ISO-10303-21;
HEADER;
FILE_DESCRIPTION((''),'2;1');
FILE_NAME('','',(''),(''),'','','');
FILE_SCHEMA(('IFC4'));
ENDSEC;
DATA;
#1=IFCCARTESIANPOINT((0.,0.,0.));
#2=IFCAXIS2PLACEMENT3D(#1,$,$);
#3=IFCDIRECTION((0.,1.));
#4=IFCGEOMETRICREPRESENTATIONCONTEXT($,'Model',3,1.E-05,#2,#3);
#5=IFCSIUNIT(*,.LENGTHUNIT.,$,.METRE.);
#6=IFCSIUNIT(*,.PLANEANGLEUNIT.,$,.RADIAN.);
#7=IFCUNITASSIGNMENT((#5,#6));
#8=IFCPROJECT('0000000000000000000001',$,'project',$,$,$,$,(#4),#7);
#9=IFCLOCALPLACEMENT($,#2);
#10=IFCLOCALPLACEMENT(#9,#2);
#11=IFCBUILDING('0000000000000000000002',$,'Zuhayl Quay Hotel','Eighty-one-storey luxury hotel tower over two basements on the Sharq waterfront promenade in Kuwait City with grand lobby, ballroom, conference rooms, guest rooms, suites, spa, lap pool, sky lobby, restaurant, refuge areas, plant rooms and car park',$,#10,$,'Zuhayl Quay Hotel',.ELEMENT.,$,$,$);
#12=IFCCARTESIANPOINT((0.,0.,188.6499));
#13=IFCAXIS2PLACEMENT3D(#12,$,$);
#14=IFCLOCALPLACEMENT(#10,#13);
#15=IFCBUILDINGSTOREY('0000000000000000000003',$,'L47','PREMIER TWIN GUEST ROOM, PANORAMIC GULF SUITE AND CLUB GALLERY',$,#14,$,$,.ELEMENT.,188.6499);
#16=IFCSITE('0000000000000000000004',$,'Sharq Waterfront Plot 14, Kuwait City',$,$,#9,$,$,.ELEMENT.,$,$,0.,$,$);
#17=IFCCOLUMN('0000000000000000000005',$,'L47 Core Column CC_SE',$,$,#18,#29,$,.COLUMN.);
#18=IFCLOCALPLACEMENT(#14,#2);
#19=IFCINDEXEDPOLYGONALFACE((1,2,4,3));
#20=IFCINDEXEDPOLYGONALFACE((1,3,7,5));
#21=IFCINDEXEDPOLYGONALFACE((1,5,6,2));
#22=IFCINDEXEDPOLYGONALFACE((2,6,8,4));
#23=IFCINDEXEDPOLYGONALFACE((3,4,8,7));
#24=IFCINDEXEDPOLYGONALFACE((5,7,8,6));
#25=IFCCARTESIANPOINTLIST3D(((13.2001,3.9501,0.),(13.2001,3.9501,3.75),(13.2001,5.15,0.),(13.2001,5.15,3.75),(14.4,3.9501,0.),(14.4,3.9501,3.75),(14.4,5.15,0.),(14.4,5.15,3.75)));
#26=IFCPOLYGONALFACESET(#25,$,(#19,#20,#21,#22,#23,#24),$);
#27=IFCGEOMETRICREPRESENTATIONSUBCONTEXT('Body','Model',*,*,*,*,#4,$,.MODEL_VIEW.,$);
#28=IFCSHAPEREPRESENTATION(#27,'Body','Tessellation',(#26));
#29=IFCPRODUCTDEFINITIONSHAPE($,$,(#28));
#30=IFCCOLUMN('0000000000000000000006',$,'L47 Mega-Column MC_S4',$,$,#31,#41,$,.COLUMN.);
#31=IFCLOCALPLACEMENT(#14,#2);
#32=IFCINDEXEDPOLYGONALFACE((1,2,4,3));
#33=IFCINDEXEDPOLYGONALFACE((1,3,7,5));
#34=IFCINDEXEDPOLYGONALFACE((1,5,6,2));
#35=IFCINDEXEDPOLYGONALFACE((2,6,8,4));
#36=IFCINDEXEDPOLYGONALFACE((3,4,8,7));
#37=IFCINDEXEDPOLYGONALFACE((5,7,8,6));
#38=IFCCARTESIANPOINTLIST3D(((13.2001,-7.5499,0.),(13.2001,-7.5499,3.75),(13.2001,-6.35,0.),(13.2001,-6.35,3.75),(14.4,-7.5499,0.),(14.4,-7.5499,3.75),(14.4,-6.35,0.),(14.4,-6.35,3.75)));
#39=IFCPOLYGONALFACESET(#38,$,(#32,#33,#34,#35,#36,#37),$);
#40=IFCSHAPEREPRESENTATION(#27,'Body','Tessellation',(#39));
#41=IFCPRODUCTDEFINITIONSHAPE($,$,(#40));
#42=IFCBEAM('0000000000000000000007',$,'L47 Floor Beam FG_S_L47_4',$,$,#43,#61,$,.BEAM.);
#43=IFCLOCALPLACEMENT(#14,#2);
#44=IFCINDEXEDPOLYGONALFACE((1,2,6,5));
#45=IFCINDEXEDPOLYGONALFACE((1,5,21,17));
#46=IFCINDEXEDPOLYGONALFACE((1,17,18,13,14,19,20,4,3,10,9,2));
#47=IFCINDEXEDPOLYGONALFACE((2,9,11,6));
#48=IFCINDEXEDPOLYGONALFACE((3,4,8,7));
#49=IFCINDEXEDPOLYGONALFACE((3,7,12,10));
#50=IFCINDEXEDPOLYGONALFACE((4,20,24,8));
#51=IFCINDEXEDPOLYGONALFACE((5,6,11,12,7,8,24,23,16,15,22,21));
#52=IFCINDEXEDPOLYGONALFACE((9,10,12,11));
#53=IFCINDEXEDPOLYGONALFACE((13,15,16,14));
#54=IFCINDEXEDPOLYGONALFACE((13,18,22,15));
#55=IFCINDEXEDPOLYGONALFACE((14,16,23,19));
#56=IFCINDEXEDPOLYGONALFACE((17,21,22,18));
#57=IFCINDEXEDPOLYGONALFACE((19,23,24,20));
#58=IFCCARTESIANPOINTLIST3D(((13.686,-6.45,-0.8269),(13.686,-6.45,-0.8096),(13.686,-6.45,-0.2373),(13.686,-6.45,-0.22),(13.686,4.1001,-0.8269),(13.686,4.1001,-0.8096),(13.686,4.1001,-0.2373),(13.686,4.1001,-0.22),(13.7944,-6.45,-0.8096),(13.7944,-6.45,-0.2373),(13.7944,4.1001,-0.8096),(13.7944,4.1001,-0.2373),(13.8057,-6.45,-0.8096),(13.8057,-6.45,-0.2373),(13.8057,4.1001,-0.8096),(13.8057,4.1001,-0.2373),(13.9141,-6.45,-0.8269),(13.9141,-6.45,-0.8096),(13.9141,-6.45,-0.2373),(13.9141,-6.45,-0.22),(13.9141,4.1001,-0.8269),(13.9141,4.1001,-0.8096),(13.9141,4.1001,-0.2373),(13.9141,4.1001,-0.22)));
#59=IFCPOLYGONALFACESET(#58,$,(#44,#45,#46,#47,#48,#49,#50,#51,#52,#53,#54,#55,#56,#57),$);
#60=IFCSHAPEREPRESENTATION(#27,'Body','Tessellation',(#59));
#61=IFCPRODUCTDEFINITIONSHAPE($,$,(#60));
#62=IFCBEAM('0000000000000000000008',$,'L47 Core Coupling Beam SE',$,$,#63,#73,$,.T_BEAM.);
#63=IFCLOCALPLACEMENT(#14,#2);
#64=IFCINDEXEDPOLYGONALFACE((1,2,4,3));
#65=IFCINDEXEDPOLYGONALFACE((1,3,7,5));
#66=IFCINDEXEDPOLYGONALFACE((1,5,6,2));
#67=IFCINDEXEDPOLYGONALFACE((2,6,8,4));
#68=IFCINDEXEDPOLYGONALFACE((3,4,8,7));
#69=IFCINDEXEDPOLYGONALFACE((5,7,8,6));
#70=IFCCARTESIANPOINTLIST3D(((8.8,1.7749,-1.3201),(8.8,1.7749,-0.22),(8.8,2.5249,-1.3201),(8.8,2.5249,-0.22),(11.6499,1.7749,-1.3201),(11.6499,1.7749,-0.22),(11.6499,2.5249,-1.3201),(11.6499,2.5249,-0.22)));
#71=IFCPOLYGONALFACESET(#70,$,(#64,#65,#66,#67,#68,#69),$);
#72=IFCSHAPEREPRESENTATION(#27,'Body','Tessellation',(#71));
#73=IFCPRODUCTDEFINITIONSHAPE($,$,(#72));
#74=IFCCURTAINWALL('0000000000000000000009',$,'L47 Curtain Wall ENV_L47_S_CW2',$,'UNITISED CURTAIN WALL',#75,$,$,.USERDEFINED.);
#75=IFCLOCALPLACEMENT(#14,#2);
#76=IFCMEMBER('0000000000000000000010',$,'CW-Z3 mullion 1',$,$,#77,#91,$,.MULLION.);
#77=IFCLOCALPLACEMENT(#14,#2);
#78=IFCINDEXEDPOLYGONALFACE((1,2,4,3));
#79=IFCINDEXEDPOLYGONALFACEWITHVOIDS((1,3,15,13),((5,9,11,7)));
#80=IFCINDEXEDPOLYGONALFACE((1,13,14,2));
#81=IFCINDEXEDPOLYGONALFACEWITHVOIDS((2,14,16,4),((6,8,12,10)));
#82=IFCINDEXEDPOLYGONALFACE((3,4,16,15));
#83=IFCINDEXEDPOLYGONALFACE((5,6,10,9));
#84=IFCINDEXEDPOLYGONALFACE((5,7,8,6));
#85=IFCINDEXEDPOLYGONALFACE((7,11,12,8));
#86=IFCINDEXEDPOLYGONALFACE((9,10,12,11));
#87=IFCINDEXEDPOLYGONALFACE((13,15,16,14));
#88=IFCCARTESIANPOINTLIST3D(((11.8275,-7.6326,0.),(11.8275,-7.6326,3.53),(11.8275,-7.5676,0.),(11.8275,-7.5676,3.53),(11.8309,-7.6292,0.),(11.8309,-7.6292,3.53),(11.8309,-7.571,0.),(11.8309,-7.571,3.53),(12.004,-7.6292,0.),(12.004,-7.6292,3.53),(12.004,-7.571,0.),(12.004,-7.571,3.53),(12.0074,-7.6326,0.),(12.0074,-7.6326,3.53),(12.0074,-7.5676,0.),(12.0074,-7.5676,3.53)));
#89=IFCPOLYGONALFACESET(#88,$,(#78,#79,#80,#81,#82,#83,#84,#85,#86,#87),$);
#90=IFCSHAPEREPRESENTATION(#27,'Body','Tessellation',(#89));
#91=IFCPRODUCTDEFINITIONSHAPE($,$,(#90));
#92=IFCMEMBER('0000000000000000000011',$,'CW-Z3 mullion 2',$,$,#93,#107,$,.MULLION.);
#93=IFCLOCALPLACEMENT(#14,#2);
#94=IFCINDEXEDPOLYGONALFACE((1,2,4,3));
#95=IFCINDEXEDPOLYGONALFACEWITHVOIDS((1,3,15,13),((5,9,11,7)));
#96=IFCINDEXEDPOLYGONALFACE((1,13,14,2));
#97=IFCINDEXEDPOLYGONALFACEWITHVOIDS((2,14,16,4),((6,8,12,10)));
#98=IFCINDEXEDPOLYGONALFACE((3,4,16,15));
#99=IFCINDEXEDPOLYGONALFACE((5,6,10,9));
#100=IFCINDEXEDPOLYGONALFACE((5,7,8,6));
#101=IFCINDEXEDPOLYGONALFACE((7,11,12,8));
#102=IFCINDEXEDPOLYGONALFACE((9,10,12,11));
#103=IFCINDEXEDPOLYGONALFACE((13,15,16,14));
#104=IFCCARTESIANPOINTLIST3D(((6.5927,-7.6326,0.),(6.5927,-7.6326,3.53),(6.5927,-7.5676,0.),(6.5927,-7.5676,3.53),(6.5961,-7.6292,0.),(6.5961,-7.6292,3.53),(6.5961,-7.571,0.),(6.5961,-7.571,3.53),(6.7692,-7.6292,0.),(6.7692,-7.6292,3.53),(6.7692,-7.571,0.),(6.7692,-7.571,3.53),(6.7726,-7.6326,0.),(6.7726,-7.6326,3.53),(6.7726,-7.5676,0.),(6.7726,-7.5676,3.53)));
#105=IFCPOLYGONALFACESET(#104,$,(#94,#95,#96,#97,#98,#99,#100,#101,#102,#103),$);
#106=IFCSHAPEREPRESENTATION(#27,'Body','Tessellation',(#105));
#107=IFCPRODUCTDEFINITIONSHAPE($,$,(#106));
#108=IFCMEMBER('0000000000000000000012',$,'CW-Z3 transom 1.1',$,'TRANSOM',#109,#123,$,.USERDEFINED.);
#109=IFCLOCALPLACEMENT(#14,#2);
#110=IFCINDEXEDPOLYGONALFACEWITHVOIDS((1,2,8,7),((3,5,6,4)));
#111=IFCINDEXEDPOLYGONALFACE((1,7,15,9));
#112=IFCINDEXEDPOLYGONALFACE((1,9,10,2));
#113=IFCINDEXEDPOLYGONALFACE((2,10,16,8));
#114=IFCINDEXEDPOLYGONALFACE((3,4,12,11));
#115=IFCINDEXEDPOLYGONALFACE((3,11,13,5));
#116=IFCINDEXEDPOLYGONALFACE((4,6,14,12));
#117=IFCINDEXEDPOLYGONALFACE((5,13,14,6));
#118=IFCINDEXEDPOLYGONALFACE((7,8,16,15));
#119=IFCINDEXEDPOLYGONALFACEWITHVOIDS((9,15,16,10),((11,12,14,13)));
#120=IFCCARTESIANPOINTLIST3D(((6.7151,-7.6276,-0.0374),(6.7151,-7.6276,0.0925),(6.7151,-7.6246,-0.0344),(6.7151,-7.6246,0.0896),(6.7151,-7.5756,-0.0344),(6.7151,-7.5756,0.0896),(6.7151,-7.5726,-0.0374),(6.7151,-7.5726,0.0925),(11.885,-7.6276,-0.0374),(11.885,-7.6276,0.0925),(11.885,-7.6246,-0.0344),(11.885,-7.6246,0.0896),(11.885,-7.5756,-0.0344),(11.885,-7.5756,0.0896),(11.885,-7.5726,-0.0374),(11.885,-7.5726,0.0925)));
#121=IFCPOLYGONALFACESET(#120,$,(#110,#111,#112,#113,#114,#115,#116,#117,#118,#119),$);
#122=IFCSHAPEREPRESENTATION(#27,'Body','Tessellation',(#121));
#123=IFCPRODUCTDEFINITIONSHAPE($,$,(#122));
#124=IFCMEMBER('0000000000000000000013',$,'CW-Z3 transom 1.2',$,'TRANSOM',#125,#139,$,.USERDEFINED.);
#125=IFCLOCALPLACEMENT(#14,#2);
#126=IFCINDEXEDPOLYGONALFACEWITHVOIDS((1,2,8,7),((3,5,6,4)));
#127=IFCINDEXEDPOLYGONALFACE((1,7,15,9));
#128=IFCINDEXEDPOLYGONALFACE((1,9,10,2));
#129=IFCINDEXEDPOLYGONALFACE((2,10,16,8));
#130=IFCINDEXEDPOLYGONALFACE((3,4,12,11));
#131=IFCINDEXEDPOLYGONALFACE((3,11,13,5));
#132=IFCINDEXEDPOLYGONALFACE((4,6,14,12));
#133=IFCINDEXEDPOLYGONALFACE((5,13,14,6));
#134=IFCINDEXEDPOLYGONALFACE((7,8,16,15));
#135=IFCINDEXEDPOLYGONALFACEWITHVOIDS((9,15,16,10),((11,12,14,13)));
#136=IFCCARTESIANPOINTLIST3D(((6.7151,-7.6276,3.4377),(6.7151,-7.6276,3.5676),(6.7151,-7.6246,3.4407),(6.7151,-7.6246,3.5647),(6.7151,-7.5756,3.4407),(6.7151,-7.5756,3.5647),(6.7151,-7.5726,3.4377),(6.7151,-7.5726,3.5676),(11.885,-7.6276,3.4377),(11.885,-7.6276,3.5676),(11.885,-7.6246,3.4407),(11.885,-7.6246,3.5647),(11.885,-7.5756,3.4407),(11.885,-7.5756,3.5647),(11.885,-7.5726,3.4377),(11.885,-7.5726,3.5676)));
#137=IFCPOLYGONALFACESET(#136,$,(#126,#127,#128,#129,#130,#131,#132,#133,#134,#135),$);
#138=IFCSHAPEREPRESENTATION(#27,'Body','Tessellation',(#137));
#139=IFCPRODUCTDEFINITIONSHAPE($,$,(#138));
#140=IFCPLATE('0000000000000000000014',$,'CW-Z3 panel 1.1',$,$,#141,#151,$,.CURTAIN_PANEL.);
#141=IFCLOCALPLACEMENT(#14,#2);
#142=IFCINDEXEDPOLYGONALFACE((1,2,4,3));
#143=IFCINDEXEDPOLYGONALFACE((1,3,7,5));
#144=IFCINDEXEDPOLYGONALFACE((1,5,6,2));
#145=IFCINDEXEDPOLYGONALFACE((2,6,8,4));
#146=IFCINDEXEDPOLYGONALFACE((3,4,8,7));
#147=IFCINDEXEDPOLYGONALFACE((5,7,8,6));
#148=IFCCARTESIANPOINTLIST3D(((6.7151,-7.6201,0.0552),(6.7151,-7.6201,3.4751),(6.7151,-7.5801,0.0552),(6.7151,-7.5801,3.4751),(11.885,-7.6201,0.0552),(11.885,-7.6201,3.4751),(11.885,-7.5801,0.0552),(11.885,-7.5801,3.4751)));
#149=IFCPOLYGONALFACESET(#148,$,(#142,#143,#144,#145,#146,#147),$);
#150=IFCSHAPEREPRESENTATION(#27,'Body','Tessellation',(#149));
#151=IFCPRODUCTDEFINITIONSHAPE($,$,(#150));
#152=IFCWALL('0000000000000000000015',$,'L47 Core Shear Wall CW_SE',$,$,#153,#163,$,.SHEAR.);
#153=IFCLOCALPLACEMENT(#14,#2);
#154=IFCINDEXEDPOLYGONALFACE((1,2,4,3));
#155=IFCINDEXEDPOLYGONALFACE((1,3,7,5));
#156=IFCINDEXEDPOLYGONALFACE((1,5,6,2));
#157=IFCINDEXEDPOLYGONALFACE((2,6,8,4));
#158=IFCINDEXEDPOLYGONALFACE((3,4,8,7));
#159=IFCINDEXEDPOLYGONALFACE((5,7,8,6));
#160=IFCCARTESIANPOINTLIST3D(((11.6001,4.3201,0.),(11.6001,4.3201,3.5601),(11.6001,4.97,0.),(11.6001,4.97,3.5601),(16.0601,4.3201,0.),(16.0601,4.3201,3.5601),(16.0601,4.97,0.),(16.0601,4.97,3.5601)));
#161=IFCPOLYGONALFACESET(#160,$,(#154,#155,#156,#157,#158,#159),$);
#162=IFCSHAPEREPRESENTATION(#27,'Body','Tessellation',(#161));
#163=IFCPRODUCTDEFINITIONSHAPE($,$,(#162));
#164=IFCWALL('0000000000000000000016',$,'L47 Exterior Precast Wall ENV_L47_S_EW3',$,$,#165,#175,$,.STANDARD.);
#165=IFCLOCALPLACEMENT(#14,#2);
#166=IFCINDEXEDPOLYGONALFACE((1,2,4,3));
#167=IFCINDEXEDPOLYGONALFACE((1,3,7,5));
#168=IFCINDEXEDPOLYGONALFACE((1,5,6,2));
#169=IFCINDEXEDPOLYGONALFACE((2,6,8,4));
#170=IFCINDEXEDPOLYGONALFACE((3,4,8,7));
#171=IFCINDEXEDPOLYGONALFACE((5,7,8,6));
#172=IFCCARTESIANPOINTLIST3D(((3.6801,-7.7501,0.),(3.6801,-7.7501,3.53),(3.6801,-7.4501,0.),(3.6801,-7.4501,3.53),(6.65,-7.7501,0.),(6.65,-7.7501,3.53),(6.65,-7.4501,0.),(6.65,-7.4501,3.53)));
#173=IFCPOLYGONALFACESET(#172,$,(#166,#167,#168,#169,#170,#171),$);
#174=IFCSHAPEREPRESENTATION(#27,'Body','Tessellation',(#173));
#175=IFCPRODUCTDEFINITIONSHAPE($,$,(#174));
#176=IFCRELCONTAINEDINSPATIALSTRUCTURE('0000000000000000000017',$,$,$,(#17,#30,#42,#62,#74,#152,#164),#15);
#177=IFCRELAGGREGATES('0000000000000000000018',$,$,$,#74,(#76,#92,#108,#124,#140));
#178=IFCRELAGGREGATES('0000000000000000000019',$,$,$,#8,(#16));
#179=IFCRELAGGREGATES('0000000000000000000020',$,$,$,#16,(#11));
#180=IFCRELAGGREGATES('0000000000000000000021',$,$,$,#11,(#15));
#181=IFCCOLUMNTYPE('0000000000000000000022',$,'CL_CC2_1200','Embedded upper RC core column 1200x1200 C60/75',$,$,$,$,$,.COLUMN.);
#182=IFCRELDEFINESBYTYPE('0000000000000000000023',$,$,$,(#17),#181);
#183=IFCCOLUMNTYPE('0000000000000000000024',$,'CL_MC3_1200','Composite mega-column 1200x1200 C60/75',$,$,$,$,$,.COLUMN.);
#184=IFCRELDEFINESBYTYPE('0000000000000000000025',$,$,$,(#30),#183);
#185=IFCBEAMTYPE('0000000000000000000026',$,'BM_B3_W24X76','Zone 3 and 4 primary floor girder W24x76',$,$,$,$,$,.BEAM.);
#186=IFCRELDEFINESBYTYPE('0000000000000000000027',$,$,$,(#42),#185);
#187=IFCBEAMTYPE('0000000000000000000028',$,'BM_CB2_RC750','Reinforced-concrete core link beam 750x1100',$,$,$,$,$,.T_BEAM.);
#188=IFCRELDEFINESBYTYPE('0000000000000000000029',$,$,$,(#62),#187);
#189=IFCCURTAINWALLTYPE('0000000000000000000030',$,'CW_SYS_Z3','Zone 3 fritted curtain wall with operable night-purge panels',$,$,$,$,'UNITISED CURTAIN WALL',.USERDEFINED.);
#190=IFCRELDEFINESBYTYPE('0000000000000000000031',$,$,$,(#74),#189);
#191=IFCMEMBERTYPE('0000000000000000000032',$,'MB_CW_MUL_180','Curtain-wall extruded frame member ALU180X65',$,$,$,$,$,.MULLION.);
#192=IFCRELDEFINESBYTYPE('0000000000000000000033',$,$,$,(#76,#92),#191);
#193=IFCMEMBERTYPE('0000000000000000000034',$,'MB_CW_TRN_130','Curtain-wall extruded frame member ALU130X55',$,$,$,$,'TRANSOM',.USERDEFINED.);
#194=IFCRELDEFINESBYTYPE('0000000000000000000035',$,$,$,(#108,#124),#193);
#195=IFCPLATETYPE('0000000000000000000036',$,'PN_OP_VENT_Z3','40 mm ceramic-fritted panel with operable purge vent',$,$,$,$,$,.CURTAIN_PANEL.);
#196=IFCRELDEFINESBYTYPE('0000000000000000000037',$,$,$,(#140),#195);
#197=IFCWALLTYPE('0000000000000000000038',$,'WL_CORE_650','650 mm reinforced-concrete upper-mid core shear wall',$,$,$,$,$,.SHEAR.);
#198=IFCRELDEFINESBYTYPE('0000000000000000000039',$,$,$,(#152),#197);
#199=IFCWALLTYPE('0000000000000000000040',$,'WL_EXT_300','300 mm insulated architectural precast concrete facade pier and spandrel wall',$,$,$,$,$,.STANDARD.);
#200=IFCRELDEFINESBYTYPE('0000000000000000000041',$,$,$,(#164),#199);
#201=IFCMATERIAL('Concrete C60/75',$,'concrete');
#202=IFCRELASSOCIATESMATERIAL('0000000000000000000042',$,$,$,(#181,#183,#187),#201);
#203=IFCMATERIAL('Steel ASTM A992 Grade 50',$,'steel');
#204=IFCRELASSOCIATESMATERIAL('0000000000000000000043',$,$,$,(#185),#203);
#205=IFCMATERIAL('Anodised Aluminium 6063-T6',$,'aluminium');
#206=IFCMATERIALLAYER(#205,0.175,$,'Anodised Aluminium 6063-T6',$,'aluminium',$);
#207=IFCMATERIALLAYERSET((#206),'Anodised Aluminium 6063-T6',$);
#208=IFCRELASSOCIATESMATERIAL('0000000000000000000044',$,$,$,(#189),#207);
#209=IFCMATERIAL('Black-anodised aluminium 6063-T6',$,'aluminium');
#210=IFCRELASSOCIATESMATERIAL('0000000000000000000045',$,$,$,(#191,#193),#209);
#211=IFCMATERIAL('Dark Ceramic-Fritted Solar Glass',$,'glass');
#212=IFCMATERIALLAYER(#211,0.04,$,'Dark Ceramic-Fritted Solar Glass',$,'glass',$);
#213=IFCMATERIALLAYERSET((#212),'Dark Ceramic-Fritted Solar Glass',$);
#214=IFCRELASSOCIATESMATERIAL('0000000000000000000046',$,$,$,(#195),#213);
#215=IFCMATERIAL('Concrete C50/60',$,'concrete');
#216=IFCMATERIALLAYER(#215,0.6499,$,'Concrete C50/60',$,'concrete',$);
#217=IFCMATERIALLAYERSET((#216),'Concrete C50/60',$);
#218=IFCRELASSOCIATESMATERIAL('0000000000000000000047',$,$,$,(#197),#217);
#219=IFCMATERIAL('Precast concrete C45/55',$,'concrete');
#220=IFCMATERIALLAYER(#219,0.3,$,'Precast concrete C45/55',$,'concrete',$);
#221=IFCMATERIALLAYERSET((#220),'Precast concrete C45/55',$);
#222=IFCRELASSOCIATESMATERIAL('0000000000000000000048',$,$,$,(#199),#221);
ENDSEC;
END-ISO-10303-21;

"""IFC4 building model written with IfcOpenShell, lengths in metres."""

from ifc_helpers import new_model, si_unit, direction, frame, frame_2d, origin, origin_2d, place, context, subcontext, project, spatial, rectangle, hollow_rectangle, i_section, extrude, material, layer, layer_set, material_profile, profile_set, type_object, element, aggregate, save


model = new_model("IFC4")

# Units and contexts
model_context = context("Model", 3, precision=1e-05, world=origin(), true_north=direction((0.0, 1.0)))
body_context = subcontext(model_context, "Body", "Model", "MODEL_VIEW")
ifc_project = project(units=[si_unit("LENGTHUNIT", "METRE"), si_unit("PLANEANGLEUNIT", "RADIAN")], contexts=[model_context])

# Site, building, storey
site_placement = place(None, origin())
site = spatial("IfcSite", under=ifc_project, at=site_placement, Name="Sharq Waterfront Plot 14, Kuwait City", CompositionType="ELEMENT", RefElevation=0.0)
building_placement = place(site_placement, origin())
building = spatial("IfcBuilding", under=site, at=building_placement, Name="Zuhayl Quay Hotel", Description="Eighty-one-storey luxury hotel tower over two basements on the Sharq waterfront promenade in Kuwait City with grand lobby, ballroom, conference rooms, guest rooms, suites, spa, lap pool, sky lobby, restaurant, refuge areas, plant rooms and car park", LongName="Zuhayl Quay Hotel", CompositionType="ELEMENT")
storey_placement = place(building_placement, frame((0.0, 0.0, 188.6499)))
storey = spatial("IfcBuildingStorey", under=building, at=storey_placement, Name="L47", Description="PREMIER TWIN GUEST ROOM, PANORAMIC GULF SUITE AND CLUB GALLERY", CompositionType="ELEMENT", Elevation=188.6499)

# Columns
ifc_material_1 = material(Name="Concrete C60/75", Category="concrete")
ifc_material_profile_1 = material_profile(ifc_material_1, rectangle(XDim=1.2, YDim=1.2, at=origin_2d()), Name="RC1200X1200")
ifc_profile_set_1 = profile_set([ifc_material_profile_1], Name="Concrete C60/75")
column_type_1 = type_object("IfcColumnType", Name="CL_CC2_1200", Description="Embedded upper RC core column 1200x1200 C60/75", PredefinedType="COLUMN", material=ifc_profile_set_1)
column_1_placement = place(storey_placement, frame((13.8, 4.55, 0.0), z_axis=(0.0, 0.0, 1.0), x_axis=(1.0, 0.0, 0.0)))
element("IfcColumn", 1, at=column_1_placement, inside=storey, type_object=column_type_1, Name="L47 Core Column CC_SE", PredefinedType="COLUMN", context=body_context, shape_type="SweptSolid", body=[
    extrude(rectangle(XDim=1.2, YDim=1.2, at=origin_2d()), origin(), (0.0, 0.0, 1.0), 3.75),
])
ifc_material_profile_2 = material_profile(ifc_material_1, rectangle(XDim=1.2, YDim=1.2, at=origin_2d()), Name="RC1200X1200")
ifc_profile_set_2 = profile_set([ifc_material_profile_2], Name="Concrete C60/75")
column_type_2 = type_object("IfcColumnType", Name="CL_MC3_1200", Description="Composite mega-column 1200x1200 C60/75", PredefinedType="COLUMN", material=ifc_profile_set_2)
column_2_placement = place(storey_placement, frame((13.8, -6.95, 0.0), z_axis=(0.0, 0.0, 1.0), x_axis=(1.0, 0.0, 0.0)))
element("IfcColumn", 2, at=column_2_placement, inside=storey, type_object=column_type_2, Name="L47 Mega-Column MC_S4", PredefinedType="COLUMN", context=body_context, shape_type="SweptSolid", body=[
    extrude(rectangle(XDim=1.2, YDim=1.2, at=origin_2d()), origin(), (0.0, 0.0, 1.0), 3.75),
])

# Beams
ifc_material_2 = material(Name="Steel ASTM A992 Grade 50", Category="steel")
ifc_material_profile_3 = material_profile(ifc_material_2, i_section(OverallWidth=0.228, OverallDepth=0.6069, WebThickness=0.0112, FlangeThickness=0.0173, at=origin_2d()), Name="W24X76")
ifc_profile_set_3 = profile_set([ifc_material_profile_3], Name="Steel ASTM A992 Grade 50")
beam_type_1 = type_object("IfcBeamType", Name="BM_B3_W24X76", Description="Zone 3 and 4 primary floor girder W24x76", PredefinedType="BEAM", material=ifc_profile_set_3)
beam_1_placement = place(storey_placement, frame((13.8, -6.45, -0.5234), z_axis=(0.0, 1.0, 0.0), x_axis=(-1.0, 0.0, 0.0)))
element("IfcBeam", 3, at=beam_1_placement, inside=storey, type_object=beam_type_1, Name="L47 Floor Beam FG_S_L47_4", PredefinedType="BEAM", context=body_context, shape_type="SweptSolid", body=[
    extrude(i_section(OverallWidth=0.228, OverallDepth=0.6069, WebThickness=0.0112, FlangeThickness=0.0173, at=origin_2d()), origin(), (0.0, 0.0, 1.0), 10.55),
])
ifc_material_profile_4 = material_profile(ifc_material_1, rectangle(XDim=0.75, YDim=1.1001, at=origin_2d()), Name="RC750X1100")
ifc_profile_set_4 = profile_set([ifc_material_profile_4], Name="Concrete C60/75")
beam_type_2 = type_object("IfcBeamType", Name="BM_CB2_RC750", Description="Reinforced-concrete core link beam 750x1100", PredefinedType="T_BEAM", material=ifc_profile_set_4)
beam_2_placement = place(storey_placement, frame((8.8, 2.1499, -0.77), z_axis=(1.0, 0.0, 0.0), x_axis=(0.0, 1.0, 0.0)))
element("IfcBeam", 4, at=beam_2_placement, inside=storey, type_object=beam_type_2, Name="L47 Core Coupling Beam SE", PredefinedType="T_BEAM", context=body_context, shape_type="SweptSolid", body=[
    extrude(rectangle(XDim=0.75, YDim=1.1001, at=origin_2d()), origin(), (0.0, 0.0, 1.0), 2.8499),
])

# Curtain wall, members, plate
ifc_material_3 = material(Name="Anodised Aluminium 6063-T6", Category="aluminium")
ifc_layer_1 = layer(ifc_material_3, 0.175, Name="Anodised Aluminium 6063-T6", Category="aluminium")
ifc_layer_set_1 = layer_set([ifc_layer_1], Name="Anodised Aluminium 6063-T6")
curtain_wall_type = type_object("IfcCurtainWallType", Name="CW_SYS_Z3", Description="Zone 3 fritted curtain wall with operable night-purge panels", ElementType="UNITISED CURTAIN WALL", PredefinedType="USERDEFINED", material=ifc_layer_set_1)
curtain_wall_placement = place(storey_placement, origin())
curtain_wall = element("IfcCurtainWall", 5, at=curtain_wall_placement, inside=storey, type_object=curtain_wall_type, Name="L47 Curtain Wall ENV_L47_S_CW2", ObjectType="UNITISED CURTAIN WALL", PredefinedType="USERDEFINED")
ifc_material_4 = material(Name="Black-anodised aluminium 6063-T6", Category="aluminium")
ifc_material_profile_5 = material_profile(ifc_material_4, hollow_rectangle(XDim=0.0649, YDim=0.1799, WallThickness=0.0034, at=origin_2d()), Name="ALU180X65")
ifc_profile_set_5 = profile_set([ifc_material_profile_5], Name="Black-anodised aluminium 6063-T6")
member_type_1 = type_object("IfcMemberType", Name="MB_CW_MUL_180", Description="Curtain-wall extruded frame member ALU180X65", PredefinedType="MULLION", material=ifc_profile_set_5)
member_1_placement = place(storey_placement, frame((11.9175, -7.6001, 0.0), z_axis=(0.0, 0.0, 1.0), x_axis=(0.0, -1.0, 0.0)))
member_1 = element("IfcMember", 6, at=member_1_placement, type_object=member_type_1, Name="CW-Z3 mullion 1", PredefinedType="MULLION", context=body_context, shape_type="SweptSolid", body=[
    extrude(hollow_rectangle(XDim=0.0649, YDim=0.1799, WallThickness=0.0034, at=origin_2d()), origin(), (0.0, 0.0, 1.0), 3.53),
])
member_2_placement = place(storey_placement, frame((6.6826, -7.6001, 0.0), z_axis=(0.0, 0.0, 1.0), x_axis=(0.0, -1.0, 0.0)))
member_2 = element("IfcMember", 7, at=member_2_placement, type_object=member_type_1, Name="CW-Z3 mullion 2", PredefinedType="MULLION", context=body_context, shape_type="SweptSolid", body=[
    extrude(hollow_rectangle(XDim=0.0649, YDim=0.1799, WallThickness=0.0034, at=origin_2d()), origin(), (0.0, 0.0, 1.0), 3.53),
])
ifc_material_profile_6 = material_profile(ifc_material_4, hollow_rectangle(XDim=0.0549, YDim=0.1299, WallThickness=0.0029, at=origin_2d()), Name="ALU130X55")
ifc_profile_set_6 = profile_set([ifc_material_profile_6], Name="Black-anodised aluminium 6063-T6")
member_type_2 = type_object("IfcMemberType", Name="MB_CW_TRN_130", Description="Curtain-wall extruded frame member ALU130X55", ElementType="TRANSOM", PredefinedType="USERDEFINED", material=ifc_profile_set_6)
member_3_placement = place(storey_placement, frame((11.885, -7.6001, 0.0276), z_axis=(-1.0, 0.0, 0.0), x_axis=(0.0, -1.0, 0.0)))
member_3 = element("IfcMember", 8, at=member_3_placement, type_object=member_type_2, Name="CW-Z3 transom 1.1", ObjectType="TRANSOM", PredefinedType="USERDEFINED", context=body_context, shape_type="SweptSolid", body=[
    extrude(hollow_rectangle(XDim=0.0549, YDim=0.1299, WallThickness=0.0029, at=origin_2d()), origin(), (0.0, 0.0, 1.0), 5.1699),
])
member_4_placement = place(storey_placement, frame((11.885, -7.6001, 3.5027), z_axis=(-1.0, 0.0, 0.0), x_axis=(0.0, -1.0, 0.0)))
member_4 = element("IfcMember", 9, at=member_4_placement, type_object=member_type_2, Name="CW-Z3 transom 1.2", ObjectType="TRANSOM", PredefinedType="USERDEFINED", context=body_context, shape_type="SweptSolid", body=[
    extrude(hollow_rectangle(XDim=0.0549, YDim=0.1299, WallThickness=0.0029, at=origin_2d()), origin(), (0.0, 0.0, 1.0), 5.1699),
])
ifc_material_5 = material(Name="Dark Ceramic-Fritted Solar Glass", Category="glass")
ifc_layer_2 = layer(ifc_material_5, 0.04, Name="Dark Ceramic-Fritted Solar Glass", Category="glass")
ifc_layer_set_2 = layer_set([ifc_layer_2], Name="Dark Ceramic-Fritted Solar Glass")
plate_type = type_object("IfcPlateType", Name="PN_OP_VENT_Z3", Description="40 mm ceramic-fritted panel with operable purge vent", PredefinedType="CURTAIN_PANEL", material=ifc_layer_set_2)
plate_placement = place(storey_placement, frame((9.3, -7.6001, 0.0552), z_axis=(0.0, 0.0, 1.0), x_axis=(-1.0, 0.0, 0.0)))
plate = element("IfcPlate", 10, at=plate_placement, type_object=plate_type, Name="CW-Z3 panel 1.1", PredefinedType="CURTAIN_PANEL", context=body_context, shape_type="SweptSolid", body=[
    extrude(rectangle(XDim=5.1699, YDim=0.04, at=origin_2d()), origin(), (0.0, 0.0, 1.0), 3.4199),
])
aggregate(curtain_wall, [member_1, member_2, member_3, member_4, plate])

# Walls
ifc_material_6 = material(Name="Concrete C50/60", Category="concrete")
ifc_layer_3 = layer(ifc_material_6, 0.6499, Name="Concrete C50/60", Category="concrete")
ifc_layer_set_3 = layer_set([ifc_layer_3], Name="Concrete C50/60")
wall_type_1 = type_object("IfcWallType", Name="WL_CORE_650", Description="650 mm reinforced-concrete upper-mid core shear wall", PredefinedType="SHEAR", material=ifc_layer_set_3)
wall_1_placement = place(storey_placement, frame((11.6001, 4.645, 0.0), z_axis=(0.0, 0.0, 1.0), x_axis=(1.0, 0.0, 0.0)))
element("IfcWall", 11, at=wall_1_placement, inside=storey, type_object=wall_type_1, Name="L47 Core Shear Wall CW_SE", PredefinedType="SHEAR", context=body_context, shape_type="SweptSolid", body=[
    extrude(rectangle(XDim=4.46, YDim=0.6499, at=frame_2d((2.23, 0.0))), origin(), (0.0, 0.0, 1.0), 3.5601),
])
ifc_material_7 = material(Name="Precast concrete C45/55", Category="concrete")
ifc_layer_4 = layer(ifc_material_7, 0.3, Name="Precast concrete C45/55", Category="concrete")
ifc_layer_set_4 = layer_set([ifc_layer_4], Name="Precast concrete C45/55")
wall_type_2 = type_object("IfcWallType", Name="WL_EXT_300", Description="300 mm insulated architectural precast concrete facade pier and spandrel wall", PredefinedType="STANDARD", material=ifc_layer_set_4)
wall_2_placement = place(storey_placement, frame((6.6499, -7.6001, 0.0), z_axis=(0.0, 0.0, 1.0), x_axis=(-1.0, 0.0, 0.0)))
element("IfcWall", 12, at=wall_2_placement, inside=storey, type_object=wall_type_2, Name="L47 Exterior Precast Wall ENV_L47_S_EW3", PredefinedType="STANDARD", context=body_context, shape_type="SweptSolid", body=[
    extrude(rectangle(XDim=2.97, YDim=0.3, at=frame_2d((1.4849, 0.0))), origin(), (0.0, 0.0, 1.0), 3.53),
])

save(model, "model.ifc")
